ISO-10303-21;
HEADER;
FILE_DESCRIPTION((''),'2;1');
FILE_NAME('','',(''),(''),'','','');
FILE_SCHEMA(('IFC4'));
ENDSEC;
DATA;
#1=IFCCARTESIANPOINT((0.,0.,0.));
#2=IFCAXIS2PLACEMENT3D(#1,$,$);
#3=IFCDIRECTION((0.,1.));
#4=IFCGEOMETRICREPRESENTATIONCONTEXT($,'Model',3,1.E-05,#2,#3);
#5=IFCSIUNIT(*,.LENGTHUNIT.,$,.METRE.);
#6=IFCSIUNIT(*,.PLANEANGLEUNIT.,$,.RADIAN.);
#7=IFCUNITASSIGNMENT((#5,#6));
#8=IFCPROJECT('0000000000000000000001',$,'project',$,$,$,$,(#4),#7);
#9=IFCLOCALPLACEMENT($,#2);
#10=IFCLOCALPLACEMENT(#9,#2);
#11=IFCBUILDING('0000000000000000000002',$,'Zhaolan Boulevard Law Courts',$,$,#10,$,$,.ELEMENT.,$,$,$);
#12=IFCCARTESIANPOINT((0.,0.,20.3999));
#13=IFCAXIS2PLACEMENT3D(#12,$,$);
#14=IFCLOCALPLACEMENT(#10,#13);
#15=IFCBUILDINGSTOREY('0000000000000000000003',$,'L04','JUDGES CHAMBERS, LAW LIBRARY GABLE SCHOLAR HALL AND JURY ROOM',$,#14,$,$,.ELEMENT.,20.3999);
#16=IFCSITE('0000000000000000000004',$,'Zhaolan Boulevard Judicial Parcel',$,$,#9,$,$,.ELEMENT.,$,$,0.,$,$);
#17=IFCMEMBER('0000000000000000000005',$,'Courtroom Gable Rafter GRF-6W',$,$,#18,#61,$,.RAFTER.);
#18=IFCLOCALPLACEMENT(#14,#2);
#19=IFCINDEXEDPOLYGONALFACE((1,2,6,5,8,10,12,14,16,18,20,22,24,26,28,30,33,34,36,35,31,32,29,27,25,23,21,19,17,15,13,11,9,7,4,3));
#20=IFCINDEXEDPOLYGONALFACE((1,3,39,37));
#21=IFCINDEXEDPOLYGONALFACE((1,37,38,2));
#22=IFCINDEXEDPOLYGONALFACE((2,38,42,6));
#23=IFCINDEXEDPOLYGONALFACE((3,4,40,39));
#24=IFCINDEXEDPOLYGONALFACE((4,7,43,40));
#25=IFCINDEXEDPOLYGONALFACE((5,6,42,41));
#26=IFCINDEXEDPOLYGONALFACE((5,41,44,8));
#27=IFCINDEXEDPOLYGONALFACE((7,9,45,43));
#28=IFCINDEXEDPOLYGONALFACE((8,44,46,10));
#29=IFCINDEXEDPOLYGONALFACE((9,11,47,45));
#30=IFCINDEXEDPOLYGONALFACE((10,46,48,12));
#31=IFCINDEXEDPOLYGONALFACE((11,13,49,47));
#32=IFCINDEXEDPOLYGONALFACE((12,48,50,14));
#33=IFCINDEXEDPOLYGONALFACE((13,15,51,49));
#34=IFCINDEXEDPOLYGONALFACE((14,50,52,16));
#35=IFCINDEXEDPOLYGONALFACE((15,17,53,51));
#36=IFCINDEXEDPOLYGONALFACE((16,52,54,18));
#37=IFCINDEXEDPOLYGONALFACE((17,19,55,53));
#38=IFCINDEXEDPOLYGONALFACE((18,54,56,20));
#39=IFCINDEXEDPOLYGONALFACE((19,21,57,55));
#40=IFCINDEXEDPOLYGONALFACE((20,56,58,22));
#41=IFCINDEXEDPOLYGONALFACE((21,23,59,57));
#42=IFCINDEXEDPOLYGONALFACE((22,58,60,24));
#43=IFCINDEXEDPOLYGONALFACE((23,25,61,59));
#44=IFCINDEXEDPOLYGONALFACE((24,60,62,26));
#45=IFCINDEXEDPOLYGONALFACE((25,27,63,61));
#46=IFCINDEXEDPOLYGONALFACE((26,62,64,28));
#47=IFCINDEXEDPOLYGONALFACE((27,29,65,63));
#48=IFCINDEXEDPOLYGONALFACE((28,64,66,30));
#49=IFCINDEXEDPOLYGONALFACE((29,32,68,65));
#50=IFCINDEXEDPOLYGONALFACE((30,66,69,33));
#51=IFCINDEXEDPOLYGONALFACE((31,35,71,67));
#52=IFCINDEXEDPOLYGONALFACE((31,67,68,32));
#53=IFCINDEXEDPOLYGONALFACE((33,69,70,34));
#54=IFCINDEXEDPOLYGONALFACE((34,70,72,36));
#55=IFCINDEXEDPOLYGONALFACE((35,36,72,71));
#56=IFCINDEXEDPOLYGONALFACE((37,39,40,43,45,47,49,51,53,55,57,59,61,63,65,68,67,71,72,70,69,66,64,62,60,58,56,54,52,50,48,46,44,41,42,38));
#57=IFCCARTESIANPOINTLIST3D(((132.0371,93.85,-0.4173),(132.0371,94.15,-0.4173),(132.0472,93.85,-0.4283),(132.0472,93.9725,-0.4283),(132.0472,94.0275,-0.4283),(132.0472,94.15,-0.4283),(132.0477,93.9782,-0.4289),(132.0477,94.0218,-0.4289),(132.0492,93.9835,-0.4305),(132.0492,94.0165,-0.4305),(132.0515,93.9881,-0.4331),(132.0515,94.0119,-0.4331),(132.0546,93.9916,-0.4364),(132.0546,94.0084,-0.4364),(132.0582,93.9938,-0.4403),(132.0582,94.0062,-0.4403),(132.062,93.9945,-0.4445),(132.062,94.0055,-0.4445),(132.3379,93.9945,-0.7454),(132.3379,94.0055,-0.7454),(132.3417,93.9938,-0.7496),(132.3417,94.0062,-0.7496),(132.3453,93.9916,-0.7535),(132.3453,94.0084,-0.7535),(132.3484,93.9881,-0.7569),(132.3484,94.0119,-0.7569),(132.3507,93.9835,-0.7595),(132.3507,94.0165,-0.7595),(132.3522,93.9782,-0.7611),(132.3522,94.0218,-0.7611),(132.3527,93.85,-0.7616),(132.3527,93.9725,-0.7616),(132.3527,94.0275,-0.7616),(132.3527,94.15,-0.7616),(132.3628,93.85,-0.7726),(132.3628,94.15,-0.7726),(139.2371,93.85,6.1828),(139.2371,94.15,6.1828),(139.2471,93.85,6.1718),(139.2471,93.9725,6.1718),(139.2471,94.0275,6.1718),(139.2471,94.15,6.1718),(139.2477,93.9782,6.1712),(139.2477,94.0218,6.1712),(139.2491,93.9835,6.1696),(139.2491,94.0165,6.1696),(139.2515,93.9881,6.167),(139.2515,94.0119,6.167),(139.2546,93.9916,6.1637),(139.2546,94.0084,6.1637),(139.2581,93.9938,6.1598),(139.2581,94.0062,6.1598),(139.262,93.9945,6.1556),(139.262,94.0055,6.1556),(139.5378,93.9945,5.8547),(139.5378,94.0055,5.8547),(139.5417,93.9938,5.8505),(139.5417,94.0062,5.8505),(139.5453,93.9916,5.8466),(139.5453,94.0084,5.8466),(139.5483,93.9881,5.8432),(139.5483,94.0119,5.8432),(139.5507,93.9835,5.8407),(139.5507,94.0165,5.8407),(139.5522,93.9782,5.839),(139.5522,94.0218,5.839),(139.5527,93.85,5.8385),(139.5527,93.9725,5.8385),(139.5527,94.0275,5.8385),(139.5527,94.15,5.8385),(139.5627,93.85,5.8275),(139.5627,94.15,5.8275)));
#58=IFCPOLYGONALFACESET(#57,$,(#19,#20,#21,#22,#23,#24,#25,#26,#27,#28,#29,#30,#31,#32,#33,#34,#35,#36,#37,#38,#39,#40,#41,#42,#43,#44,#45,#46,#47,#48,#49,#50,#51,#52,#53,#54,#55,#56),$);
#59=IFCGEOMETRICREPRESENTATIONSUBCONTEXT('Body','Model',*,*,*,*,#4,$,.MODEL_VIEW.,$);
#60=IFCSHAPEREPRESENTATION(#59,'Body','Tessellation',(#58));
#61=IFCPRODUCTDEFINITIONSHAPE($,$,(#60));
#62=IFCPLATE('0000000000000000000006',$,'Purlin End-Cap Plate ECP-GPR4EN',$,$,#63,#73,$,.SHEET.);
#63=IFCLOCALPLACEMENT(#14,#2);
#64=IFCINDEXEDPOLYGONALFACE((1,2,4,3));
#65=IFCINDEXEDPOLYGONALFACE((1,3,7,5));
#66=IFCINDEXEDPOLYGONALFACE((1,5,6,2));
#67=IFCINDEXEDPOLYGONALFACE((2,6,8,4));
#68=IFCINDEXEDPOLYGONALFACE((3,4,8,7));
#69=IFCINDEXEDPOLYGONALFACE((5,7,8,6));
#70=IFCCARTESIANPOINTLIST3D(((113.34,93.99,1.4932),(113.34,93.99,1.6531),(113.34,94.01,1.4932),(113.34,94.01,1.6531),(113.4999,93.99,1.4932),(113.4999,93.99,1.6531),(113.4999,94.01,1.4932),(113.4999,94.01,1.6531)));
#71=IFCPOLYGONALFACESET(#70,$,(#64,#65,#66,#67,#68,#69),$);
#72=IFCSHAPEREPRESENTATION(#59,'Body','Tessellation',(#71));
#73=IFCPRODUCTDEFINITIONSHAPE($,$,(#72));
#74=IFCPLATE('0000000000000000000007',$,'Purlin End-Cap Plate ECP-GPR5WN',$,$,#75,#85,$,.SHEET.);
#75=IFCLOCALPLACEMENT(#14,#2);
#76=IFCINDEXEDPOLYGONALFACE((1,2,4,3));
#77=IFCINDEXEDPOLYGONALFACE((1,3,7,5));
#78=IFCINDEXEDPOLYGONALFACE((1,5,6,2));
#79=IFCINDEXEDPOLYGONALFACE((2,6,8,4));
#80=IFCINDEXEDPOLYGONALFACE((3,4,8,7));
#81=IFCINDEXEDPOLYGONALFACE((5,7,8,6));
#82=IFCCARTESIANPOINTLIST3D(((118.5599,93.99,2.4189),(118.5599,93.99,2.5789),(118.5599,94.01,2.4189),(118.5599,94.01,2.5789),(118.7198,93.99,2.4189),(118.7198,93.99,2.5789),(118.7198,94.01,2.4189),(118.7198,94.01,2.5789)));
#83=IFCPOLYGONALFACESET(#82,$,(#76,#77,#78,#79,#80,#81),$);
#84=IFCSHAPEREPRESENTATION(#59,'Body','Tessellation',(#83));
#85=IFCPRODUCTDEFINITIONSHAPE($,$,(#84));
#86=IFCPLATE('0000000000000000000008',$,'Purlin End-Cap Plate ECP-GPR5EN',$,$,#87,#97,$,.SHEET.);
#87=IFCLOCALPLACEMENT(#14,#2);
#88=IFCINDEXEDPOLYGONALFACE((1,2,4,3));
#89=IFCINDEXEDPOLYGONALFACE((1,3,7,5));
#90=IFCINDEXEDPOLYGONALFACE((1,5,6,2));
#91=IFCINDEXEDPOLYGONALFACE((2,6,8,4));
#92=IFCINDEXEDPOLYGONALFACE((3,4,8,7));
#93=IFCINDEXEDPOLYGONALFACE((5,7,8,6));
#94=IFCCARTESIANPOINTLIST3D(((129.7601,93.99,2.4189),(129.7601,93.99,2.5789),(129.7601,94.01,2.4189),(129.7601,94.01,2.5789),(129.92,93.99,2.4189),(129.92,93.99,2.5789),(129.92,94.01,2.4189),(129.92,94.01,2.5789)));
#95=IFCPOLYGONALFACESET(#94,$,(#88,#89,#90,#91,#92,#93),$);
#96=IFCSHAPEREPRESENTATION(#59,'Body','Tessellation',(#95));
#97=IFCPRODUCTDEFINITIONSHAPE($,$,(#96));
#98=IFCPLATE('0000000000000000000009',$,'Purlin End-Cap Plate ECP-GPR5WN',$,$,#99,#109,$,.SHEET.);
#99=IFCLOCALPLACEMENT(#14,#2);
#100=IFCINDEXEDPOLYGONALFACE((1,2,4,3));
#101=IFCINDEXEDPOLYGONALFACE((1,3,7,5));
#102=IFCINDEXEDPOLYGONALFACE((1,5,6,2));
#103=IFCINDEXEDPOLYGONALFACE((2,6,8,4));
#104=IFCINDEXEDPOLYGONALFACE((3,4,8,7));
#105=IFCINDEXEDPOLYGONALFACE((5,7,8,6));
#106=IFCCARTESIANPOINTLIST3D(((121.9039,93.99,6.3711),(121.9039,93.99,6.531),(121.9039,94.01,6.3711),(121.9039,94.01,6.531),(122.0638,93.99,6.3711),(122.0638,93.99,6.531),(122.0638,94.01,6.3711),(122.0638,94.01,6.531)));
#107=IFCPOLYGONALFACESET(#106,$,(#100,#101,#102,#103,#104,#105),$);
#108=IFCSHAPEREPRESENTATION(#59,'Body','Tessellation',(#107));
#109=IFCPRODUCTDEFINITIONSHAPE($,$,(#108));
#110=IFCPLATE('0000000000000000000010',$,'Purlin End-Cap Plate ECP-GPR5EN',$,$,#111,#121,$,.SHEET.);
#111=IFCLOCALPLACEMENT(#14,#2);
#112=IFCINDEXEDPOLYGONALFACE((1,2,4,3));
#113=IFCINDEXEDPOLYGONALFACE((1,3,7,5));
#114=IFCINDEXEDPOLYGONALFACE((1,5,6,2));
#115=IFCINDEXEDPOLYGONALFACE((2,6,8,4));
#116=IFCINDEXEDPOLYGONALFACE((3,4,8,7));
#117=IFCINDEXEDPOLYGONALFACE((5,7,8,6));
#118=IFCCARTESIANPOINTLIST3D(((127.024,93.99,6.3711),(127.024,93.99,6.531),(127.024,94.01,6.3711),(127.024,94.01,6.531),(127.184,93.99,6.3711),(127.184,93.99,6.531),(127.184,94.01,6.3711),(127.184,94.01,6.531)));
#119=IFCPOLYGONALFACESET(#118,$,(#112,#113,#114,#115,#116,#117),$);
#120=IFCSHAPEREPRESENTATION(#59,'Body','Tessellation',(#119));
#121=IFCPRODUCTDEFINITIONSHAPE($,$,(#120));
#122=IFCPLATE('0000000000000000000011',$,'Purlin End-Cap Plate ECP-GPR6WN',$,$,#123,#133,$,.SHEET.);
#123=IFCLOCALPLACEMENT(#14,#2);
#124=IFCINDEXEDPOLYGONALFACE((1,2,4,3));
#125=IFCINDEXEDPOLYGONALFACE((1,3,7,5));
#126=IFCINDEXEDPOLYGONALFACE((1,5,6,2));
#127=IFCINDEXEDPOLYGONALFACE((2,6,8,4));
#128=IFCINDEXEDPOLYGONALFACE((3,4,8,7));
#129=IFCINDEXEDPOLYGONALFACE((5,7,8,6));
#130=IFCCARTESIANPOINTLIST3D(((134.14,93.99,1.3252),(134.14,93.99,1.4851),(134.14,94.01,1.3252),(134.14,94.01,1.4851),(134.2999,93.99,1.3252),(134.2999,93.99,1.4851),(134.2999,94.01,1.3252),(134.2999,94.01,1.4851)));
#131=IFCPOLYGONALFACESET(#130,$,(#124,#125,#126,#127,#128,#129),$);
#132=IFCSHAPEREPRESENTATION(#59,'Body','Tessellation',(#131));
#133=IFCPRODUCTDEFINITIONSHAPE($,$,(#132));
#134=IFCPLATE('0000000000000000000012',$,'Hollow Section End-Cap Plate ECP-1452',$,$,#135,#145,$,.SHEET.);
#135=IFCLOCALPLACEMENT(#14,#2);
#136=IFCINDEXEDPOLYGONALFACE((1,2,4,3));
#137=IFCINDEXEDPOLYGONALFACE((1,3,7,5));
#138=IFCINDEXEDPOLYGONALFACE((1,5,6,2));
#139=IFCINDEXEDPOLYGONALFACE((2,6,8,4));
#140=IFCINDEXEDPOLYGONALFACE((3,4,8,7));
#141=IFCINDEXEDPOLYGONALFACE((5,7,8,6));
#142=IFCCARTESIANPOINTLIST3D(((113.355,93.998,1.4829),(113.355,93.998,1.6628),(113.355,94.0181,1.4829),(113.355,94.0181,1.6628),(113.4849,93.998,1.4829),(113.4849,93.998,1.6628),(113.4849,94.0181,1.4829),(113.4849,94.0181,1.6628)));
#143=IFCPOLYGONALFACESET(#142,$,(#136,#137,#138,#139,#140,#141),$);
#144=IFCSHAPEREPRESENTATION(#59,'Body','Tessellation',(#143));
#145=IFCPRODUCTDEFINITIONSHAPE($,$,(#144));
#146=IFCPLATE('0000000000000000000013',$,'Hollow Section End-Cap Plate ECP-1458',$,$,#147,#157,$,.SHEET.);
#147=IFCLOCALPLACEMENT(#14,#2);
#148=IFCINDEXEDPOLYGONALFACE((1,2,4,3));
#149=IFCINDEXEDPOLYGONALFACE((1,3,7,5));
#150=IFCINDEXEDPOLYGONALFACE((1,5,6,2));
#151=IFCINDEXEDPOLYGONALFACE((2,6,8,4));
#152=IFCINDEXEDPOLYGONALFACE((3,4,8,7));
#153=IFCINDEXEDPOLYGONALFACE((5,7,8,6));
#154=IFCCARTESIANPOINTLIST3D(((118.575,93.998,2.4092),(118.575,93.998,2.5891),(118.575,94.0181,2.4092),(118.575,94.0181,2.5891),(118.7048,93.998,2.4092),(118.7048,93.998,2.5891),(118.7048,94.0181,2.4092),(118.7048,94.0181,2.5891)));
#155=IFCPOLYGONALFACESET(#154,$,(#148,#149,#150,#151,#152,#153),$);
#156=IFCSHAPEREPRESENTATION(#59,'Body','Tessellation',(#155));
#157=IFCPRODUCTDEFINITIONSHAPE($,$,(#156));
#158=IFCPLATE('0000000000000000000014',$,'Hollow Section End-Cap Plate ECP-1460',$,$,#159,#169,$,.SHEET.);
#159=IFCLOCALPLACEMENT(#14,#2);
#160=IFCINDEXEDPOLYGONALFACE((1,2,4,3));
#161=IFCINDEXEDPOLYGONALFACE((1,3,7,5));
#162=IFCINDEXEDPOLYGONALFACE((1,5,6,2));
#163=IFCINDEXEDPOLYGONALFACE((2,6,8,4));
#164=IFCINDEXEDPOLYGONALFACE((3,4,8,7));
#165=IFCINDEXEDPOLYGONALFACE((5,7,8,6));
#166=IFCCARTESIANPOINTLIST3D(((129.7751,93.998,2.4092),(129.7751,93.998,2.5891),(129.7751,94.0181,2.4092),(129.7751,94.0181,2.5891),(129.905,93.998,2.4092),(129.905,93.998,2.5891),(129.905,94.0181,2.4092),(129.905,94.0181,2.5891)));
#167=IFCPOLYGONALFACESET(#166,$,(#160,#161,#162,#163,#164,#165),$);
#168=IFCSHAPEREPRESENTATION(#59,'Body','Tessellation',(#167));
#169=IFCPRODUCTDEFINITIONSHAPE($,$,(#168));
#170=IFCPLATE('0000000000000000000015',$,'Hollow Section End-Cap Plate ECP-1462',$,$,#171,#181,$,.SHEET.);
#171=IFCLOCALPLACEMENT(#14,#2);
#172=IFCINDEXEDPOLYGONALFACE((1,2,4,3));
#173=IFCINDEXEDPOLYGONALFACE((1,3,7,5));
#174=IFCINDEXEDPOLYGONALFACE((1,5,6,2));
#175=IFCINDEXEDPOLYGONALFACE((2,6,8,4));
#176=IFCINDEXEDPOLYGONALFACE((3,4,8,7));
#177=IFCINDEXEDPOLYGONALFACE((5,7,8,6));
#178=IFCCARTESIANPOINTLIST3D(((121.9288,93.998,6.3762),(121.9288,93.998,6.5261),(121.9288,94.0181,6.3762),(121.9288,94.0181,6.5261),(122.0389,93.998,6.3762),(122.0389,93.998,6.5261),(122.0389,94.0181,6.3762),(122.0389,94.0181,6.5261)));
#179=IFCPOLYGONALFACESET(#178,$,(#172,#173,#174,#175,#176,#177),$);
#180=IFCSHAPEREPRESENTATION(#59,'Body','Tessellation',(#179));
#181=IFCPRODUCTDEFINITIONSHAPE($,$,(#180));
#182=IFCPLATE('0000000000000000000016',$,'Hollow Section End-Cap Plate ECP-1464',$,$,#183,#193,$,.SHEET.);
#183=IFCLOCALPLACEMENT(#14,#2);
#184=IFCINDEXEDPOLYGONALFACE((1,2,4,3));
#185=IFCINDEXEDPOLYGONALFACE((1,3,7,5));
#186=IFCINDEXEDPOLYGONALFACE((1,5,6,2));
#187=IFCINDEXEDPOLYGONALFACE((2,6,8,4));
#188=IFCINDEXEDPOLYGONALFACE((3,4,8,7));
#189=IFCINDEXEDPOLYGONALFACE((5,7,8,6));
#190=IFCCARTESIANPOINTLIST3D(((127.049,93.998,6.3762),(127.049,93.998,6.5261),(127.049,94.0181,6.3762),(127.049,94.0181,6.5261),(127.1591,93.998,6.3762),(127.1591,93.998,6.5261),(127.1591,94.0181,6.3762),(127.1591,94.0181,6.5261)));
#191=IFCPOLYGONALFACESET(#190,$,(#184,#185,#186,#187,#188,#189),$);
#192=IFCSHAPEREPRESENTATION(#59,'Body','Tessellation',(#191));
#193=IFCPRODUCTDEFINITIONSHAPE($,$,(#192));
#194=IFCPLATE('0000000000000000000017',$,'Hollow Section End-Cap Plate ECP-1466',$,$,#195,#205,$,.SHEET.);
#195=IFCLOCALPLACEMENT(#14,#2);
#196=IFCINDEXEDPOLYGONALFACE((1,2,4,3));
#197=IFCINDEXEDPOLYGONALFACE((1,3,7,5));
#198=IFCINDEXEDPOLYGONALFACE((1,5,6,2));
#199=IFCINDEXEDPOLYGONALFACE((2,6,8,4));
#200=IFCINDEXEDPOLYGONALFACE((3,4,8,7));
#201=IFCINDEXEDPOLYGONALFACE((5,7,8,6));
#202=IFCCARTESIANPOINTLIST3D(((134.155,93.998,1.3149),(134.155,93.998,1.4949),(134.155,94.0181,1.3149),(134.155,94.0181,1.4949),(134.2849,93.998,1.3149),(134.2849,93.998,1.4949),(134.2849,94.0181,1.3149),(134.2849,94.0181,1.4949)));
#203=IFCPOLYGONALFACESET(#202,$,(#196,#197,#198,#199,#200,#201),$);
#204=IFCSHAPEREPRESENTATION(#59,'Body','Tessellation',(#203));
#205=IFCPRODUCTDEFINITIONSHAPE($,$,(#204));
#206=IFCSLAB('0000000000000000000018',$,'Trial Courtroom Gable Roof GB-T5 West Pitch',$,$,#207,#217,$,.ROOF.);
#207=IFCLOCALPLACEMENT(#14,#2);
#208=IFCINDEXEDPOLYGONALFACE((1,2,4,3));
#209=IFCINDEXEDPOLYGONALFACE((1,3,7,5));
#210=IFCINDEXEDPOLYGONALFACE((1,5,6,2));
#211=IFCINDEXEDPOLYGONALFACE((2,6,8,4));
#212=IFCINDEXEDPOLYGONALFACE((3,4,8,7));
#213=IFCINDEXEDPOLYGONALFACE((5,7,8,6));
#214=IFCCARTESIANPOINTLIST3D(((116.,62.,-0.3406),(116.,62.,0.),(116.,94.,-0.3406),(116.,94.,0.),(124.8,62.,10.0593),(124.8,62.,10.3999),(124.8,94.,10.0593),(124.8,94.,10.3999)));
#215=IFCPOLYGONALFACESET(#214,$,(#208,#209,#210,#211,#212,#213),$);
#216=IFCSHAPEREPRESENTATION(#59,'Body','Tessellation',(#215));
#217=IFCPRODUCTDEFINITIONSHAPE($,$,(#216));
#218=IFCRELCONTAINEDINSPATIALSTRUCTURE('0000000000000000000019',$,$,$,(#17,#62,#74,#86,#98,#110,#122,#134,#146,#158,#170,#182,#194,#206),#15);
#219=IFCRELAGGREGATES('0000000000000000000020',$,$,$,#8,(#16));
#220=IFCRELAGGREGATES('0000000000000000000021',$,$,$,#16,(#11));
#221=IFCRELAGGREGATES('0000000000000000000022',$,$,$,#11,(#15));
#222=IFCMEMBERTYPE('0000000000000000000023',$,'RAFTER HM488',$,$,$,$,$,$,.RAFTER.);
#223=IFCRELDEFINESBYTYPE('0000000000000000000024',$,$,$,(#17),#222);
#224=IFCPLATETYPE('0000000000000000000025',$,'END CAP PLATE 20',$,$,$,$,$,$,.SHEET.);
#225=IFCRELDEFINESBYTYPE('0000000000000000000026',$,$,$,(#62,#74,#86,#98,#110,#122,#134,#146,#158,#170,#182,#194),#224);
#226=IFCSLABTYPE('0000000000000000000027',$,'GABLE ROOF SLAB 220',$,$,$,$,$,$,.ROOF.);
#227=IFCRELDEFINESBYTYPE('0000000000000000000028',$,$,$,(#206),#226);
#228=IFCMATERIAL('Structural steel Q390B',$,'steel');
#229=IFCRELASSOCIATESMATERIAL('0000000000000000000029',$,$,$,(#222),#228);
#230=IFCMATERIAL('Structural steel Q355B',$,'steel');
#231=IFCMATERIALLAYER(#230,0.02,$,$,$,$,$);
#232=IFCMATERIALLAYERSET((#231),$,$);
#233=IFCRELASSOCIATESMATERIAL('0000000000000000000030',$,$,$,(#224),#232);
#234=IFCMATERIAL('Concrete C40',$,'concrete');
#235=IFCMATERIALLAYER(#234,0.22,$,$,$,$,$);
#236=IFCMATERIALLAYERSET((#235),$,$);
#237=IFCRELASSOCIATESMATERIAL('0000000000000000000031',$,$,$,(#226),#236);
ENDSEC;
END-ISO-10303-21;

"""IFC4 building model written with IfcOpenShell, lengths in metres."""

from ifc_helpers import new_model, si_unit, direction, frame, origin, origin_2d, place, context, subcontext, project, spatial, polyline, rectangle, i_section, outline, extrude, material, layer, layer_set, material_profile, profile_set, type_object, element, save


model = new_model("IFC4")

# Units and contexts
model_context = context("Model", 3, precision=1e-05, world=origin(), true_north=direction((0.0, 1.0)))
body_context = subcontext(model_context, "Body", "Model", "MODEL_VIEW")
ifc_project = project(units=[si_unit("LENGTHUNIT", "METRE"), si_unit("PLANEANGLEUNIT", "RADIAN")], contexts=[model_context])

# Site, building, storey
site_placement = place(None, origin())
site = spatial("IfcSite", under=ifc_project, at=site_placement, Name="Zhaolan Boulevard Judicial Parcel", CompositionType="ELEMENT", RefElevation=0.0)
building_placement = place(site_placement, origin())
building = spatial("IfcBuilding", under=site, at=building_placement, Name="Zhaolan Boulevard Law Courts", CompositionType="ELEMENT")
storey_placement = place(building_placement, frame((0.0, 0.0, 20.3999)))
storey = spatial("IfcBuildingStorey", under=building, at=storey_placement, Name="L04", Description="JUDGES CHAMBERS, LAW LIBRARY GABLE SCHOLAR HALL AND JURY ROOM", CompositionType="ELEMENT", Elevation=20.3999)

# Member
ifc_material_1 = material(Name="Structural steel Q390B", Category="steel")
ifc_material_profile = material_profile(ifc_material_1, i_section(OverallWidth=0.3, OverallDepth=0.4819, WebThickness=0.011, FlangeThickness=0.0149, FilletRadius=0.022, at=origin_2d()), Name="HM482x300")
ifc_profile_set = profile_set([ifc_material_profile], Name="Structural steel Q390B")
member_type = type_object("IfcMemberType", Name="RAFTER HM488", PredefinedType="RAFTER", material=ifc_profile_set)
for number, where, z_axis, x_axis, name in (
    (1, (132.2, 94.0, -0.595), (0.737147, 0.0, 0.675733), (0.0, 1.0, 0.0), "Courtroom Gable Rafter GRF-6W"),
):
    element("IfcMember", number, at=place(storey_placement, frame(where, z_axis=z_axis, x_axis=x_axis)), inside=storey, type_object=member_type, Name=name, PredefinedType="RAFTER", context=body_context, shape_type="SweptSolid", body=[
        extrude(i_section(OverallWidth=0.3, OverallDepth=0.4819, WebThickness=0.011, FlangeThickness=0.0149, FilletRadius=0.022, at=origin_2d()), origin(), (0.0, 0.0, 1.0), 9.7673),
    ])

# Plates
ifc_material_2 = material(Name="Structural steel Q355B", Category="steel")
ifc_layer_1 = layer(ifc_material_2, 0.02)
ifc_layer_set_1 = layer_set([ifc_layer_1])
plate_type = type_object("IfcPlateType", Name="END CAP PLATE 20", PredefinedType="SHEET", material=ifc_layer_set_1)
for number, where, z_axis, x_axis, name in (
    (2, (113.4199, 94.0, 1.4932), (0.0, 0.0, 1.0), (1.0, 0.0, 0.0), "Purlin End-Cap Plate ECP-GPR4EN"),
    (3, (118.6399, 94.0, 2.4189), (0.0, 0.0, 1.0), (1.0, 0.0, 0.0), "Purlin End-Cap Plate ECP-GPR5WN"),
    (4, (129.8401, 94.0, 2.4189), (0.0, 0.0, 1.0), (1.0, 0.0, 0.0), "Purlin End-Cap Plate ECP-GPR5EN"),
    (5, (121.9839, 94.0, 6.3711), (0.0, 0.0, 1.0), (1.0, 0.0, 0.0), "Purlin End-Cap Plate ECP-GPR5WN"),
    (6, (127.104, 94.0, 6.3711), (0.0, 0.0, 1.0), (1.0, 0.0, 0.0), "Purlin End-Cap Plate ECP-GPR5EN"),
    (7, (134.22, 94.0, 1.3252), (0.0, 0.0, 1.0), (1.0, 0.0, 0.0), "Purlin End-Cap Plate ECP-GPR6WN"),
):
    element("IfcPlate", number, at=place(storey_placement, frame(where, z_axis=z_axis, x_axis=x_axis)), inside=storey, type_object=plate_type, Name=name, PredefinedType="SHEET", context=body_context, shape_type="SweptSolid", body=[
        extrude(rectangle(XDim=0.1599, YDim=0.02, at=origin_2d()), origin(), (0.0, 0.0, 1.0), 0.1599),
    ])
for number, where, z_axis, x_axis, name in (
    (8, (113.4199, 94.0081, 1.4829), (0.0, 0.0, 1.0), (0.0, 1.0, 0.0), "Hollow Section End-Cap Plate ECP-1452"),
    (9, (118.6399, 94.0081, 2.4092), (0.0, 0.0, 1.0), (0.0, 1.0, 0.0), "Hollow Section End-Cap Plate ECP-1458"),
    (10, (129.8401, 94.0081, 2.4092), (0.0, 0.0, 1.0), (0.0, 1.0, 0.0), "Hollow Section End-Cap Plate ECP-1460"),
):
    element("IfcPlate", number, at=place(storey_placement, frame(where, z_axis=z_axis, x_axis=x_axis)), inside=storey, type_object=plate_type, Name=name, PredefinedType="SHEET", context=body_context, shape_type="SweptSolid", body=[
        extrude(rectangle(XDim=0.02, YDim=0.1299, at=origin_2d()), origin(), (0.0, 0.0, 1.0), 0.1799),
    ])
for number, where, z_axis, x_axis, name in (
    (11, (121.9839, 94.0081, 6.3762), (0.0, 0.0, 1.0), (0.0, 1.0, 0.0), "Hollow Section End-Cap Plate ECP-1462"),
    (12, (127.104, 94.0081, 6.3762), (0.0, 0.0, 1.0), (0.0, 1.0, 0.0), "Hollow Section End-Cap Plate ECP-1464"),
):
    element("IfcPlate", number, at=place(storey_placement, frame(where, z_axis=z_axis, x_axis=x_axis)), inside=storey, type_object=plate_type, Name=name, PredefinedType="SHEET", context=body_context, shape_type="SweptSolid", body=[
        extrude(rectangle(XDim=0.02, YDim=0.1101, at=origin_2d()), origin(), (0.0, 0.0, 1.0), 0.1499),
    ])
plate_placement = place(storey_placement, frame((134.22, 94.0081, 1.3149), z_axis=(0.0, 0.0, 1.0), x_axis=(0.0, 1.0, 0.0)))
element("IfcPlate", 13, at=plate_placement, inside=storey, type_object=plate_type, Name="Hollow Section End-Cap Plate ECP-1466", PredefinedType="SHEET", context=body_context, shape_type="SweptSolid", body=[
    extrude(rectangle(XDim=0.02, YDim=0.1299, at=origin_2d()), origin(), (0.0, 0.0, 1.0), 0.1799),
])

# Slab
ifc_material_3 = material(Name="Concrete C40", Category="concrete")
ifc_layer_2 = layer(ifc_material_3, 0.22)
ifc_layer_set_2 = layer_set([ifc_layer_2])
slab_type = type_object("IfcSlabType", Name="GABLE ROOF SLAB 220", PredefinedType="ROOF", material=ifc_layer_set_2)
slab_1_placement = place(storey_placement, frame((116.0, 94.0, 0.0), z_axis=(0.0, -1.0, 0.0), x_axis=(1.0, 0.0, 0.0)))
element("IfcSlab", 14, at=slab_1_placement, inside=storey, type_object=slab_type, Name="Trial Courtroom Gable Roof GB-T5 West Pitch", PredefinedType="ROOF", context=body_context, shape_type="SweptSolid", body=[
    extrude(outline(polyline([(0.0, 0.0), (8.8, 10.3999), (8.8, 10.0593), (0.0, -0.3406), (0.0, 0.0)])), origin(), (0.0, 0.0, 1.0), 32.0),
])

save(model, "model.ifc")
